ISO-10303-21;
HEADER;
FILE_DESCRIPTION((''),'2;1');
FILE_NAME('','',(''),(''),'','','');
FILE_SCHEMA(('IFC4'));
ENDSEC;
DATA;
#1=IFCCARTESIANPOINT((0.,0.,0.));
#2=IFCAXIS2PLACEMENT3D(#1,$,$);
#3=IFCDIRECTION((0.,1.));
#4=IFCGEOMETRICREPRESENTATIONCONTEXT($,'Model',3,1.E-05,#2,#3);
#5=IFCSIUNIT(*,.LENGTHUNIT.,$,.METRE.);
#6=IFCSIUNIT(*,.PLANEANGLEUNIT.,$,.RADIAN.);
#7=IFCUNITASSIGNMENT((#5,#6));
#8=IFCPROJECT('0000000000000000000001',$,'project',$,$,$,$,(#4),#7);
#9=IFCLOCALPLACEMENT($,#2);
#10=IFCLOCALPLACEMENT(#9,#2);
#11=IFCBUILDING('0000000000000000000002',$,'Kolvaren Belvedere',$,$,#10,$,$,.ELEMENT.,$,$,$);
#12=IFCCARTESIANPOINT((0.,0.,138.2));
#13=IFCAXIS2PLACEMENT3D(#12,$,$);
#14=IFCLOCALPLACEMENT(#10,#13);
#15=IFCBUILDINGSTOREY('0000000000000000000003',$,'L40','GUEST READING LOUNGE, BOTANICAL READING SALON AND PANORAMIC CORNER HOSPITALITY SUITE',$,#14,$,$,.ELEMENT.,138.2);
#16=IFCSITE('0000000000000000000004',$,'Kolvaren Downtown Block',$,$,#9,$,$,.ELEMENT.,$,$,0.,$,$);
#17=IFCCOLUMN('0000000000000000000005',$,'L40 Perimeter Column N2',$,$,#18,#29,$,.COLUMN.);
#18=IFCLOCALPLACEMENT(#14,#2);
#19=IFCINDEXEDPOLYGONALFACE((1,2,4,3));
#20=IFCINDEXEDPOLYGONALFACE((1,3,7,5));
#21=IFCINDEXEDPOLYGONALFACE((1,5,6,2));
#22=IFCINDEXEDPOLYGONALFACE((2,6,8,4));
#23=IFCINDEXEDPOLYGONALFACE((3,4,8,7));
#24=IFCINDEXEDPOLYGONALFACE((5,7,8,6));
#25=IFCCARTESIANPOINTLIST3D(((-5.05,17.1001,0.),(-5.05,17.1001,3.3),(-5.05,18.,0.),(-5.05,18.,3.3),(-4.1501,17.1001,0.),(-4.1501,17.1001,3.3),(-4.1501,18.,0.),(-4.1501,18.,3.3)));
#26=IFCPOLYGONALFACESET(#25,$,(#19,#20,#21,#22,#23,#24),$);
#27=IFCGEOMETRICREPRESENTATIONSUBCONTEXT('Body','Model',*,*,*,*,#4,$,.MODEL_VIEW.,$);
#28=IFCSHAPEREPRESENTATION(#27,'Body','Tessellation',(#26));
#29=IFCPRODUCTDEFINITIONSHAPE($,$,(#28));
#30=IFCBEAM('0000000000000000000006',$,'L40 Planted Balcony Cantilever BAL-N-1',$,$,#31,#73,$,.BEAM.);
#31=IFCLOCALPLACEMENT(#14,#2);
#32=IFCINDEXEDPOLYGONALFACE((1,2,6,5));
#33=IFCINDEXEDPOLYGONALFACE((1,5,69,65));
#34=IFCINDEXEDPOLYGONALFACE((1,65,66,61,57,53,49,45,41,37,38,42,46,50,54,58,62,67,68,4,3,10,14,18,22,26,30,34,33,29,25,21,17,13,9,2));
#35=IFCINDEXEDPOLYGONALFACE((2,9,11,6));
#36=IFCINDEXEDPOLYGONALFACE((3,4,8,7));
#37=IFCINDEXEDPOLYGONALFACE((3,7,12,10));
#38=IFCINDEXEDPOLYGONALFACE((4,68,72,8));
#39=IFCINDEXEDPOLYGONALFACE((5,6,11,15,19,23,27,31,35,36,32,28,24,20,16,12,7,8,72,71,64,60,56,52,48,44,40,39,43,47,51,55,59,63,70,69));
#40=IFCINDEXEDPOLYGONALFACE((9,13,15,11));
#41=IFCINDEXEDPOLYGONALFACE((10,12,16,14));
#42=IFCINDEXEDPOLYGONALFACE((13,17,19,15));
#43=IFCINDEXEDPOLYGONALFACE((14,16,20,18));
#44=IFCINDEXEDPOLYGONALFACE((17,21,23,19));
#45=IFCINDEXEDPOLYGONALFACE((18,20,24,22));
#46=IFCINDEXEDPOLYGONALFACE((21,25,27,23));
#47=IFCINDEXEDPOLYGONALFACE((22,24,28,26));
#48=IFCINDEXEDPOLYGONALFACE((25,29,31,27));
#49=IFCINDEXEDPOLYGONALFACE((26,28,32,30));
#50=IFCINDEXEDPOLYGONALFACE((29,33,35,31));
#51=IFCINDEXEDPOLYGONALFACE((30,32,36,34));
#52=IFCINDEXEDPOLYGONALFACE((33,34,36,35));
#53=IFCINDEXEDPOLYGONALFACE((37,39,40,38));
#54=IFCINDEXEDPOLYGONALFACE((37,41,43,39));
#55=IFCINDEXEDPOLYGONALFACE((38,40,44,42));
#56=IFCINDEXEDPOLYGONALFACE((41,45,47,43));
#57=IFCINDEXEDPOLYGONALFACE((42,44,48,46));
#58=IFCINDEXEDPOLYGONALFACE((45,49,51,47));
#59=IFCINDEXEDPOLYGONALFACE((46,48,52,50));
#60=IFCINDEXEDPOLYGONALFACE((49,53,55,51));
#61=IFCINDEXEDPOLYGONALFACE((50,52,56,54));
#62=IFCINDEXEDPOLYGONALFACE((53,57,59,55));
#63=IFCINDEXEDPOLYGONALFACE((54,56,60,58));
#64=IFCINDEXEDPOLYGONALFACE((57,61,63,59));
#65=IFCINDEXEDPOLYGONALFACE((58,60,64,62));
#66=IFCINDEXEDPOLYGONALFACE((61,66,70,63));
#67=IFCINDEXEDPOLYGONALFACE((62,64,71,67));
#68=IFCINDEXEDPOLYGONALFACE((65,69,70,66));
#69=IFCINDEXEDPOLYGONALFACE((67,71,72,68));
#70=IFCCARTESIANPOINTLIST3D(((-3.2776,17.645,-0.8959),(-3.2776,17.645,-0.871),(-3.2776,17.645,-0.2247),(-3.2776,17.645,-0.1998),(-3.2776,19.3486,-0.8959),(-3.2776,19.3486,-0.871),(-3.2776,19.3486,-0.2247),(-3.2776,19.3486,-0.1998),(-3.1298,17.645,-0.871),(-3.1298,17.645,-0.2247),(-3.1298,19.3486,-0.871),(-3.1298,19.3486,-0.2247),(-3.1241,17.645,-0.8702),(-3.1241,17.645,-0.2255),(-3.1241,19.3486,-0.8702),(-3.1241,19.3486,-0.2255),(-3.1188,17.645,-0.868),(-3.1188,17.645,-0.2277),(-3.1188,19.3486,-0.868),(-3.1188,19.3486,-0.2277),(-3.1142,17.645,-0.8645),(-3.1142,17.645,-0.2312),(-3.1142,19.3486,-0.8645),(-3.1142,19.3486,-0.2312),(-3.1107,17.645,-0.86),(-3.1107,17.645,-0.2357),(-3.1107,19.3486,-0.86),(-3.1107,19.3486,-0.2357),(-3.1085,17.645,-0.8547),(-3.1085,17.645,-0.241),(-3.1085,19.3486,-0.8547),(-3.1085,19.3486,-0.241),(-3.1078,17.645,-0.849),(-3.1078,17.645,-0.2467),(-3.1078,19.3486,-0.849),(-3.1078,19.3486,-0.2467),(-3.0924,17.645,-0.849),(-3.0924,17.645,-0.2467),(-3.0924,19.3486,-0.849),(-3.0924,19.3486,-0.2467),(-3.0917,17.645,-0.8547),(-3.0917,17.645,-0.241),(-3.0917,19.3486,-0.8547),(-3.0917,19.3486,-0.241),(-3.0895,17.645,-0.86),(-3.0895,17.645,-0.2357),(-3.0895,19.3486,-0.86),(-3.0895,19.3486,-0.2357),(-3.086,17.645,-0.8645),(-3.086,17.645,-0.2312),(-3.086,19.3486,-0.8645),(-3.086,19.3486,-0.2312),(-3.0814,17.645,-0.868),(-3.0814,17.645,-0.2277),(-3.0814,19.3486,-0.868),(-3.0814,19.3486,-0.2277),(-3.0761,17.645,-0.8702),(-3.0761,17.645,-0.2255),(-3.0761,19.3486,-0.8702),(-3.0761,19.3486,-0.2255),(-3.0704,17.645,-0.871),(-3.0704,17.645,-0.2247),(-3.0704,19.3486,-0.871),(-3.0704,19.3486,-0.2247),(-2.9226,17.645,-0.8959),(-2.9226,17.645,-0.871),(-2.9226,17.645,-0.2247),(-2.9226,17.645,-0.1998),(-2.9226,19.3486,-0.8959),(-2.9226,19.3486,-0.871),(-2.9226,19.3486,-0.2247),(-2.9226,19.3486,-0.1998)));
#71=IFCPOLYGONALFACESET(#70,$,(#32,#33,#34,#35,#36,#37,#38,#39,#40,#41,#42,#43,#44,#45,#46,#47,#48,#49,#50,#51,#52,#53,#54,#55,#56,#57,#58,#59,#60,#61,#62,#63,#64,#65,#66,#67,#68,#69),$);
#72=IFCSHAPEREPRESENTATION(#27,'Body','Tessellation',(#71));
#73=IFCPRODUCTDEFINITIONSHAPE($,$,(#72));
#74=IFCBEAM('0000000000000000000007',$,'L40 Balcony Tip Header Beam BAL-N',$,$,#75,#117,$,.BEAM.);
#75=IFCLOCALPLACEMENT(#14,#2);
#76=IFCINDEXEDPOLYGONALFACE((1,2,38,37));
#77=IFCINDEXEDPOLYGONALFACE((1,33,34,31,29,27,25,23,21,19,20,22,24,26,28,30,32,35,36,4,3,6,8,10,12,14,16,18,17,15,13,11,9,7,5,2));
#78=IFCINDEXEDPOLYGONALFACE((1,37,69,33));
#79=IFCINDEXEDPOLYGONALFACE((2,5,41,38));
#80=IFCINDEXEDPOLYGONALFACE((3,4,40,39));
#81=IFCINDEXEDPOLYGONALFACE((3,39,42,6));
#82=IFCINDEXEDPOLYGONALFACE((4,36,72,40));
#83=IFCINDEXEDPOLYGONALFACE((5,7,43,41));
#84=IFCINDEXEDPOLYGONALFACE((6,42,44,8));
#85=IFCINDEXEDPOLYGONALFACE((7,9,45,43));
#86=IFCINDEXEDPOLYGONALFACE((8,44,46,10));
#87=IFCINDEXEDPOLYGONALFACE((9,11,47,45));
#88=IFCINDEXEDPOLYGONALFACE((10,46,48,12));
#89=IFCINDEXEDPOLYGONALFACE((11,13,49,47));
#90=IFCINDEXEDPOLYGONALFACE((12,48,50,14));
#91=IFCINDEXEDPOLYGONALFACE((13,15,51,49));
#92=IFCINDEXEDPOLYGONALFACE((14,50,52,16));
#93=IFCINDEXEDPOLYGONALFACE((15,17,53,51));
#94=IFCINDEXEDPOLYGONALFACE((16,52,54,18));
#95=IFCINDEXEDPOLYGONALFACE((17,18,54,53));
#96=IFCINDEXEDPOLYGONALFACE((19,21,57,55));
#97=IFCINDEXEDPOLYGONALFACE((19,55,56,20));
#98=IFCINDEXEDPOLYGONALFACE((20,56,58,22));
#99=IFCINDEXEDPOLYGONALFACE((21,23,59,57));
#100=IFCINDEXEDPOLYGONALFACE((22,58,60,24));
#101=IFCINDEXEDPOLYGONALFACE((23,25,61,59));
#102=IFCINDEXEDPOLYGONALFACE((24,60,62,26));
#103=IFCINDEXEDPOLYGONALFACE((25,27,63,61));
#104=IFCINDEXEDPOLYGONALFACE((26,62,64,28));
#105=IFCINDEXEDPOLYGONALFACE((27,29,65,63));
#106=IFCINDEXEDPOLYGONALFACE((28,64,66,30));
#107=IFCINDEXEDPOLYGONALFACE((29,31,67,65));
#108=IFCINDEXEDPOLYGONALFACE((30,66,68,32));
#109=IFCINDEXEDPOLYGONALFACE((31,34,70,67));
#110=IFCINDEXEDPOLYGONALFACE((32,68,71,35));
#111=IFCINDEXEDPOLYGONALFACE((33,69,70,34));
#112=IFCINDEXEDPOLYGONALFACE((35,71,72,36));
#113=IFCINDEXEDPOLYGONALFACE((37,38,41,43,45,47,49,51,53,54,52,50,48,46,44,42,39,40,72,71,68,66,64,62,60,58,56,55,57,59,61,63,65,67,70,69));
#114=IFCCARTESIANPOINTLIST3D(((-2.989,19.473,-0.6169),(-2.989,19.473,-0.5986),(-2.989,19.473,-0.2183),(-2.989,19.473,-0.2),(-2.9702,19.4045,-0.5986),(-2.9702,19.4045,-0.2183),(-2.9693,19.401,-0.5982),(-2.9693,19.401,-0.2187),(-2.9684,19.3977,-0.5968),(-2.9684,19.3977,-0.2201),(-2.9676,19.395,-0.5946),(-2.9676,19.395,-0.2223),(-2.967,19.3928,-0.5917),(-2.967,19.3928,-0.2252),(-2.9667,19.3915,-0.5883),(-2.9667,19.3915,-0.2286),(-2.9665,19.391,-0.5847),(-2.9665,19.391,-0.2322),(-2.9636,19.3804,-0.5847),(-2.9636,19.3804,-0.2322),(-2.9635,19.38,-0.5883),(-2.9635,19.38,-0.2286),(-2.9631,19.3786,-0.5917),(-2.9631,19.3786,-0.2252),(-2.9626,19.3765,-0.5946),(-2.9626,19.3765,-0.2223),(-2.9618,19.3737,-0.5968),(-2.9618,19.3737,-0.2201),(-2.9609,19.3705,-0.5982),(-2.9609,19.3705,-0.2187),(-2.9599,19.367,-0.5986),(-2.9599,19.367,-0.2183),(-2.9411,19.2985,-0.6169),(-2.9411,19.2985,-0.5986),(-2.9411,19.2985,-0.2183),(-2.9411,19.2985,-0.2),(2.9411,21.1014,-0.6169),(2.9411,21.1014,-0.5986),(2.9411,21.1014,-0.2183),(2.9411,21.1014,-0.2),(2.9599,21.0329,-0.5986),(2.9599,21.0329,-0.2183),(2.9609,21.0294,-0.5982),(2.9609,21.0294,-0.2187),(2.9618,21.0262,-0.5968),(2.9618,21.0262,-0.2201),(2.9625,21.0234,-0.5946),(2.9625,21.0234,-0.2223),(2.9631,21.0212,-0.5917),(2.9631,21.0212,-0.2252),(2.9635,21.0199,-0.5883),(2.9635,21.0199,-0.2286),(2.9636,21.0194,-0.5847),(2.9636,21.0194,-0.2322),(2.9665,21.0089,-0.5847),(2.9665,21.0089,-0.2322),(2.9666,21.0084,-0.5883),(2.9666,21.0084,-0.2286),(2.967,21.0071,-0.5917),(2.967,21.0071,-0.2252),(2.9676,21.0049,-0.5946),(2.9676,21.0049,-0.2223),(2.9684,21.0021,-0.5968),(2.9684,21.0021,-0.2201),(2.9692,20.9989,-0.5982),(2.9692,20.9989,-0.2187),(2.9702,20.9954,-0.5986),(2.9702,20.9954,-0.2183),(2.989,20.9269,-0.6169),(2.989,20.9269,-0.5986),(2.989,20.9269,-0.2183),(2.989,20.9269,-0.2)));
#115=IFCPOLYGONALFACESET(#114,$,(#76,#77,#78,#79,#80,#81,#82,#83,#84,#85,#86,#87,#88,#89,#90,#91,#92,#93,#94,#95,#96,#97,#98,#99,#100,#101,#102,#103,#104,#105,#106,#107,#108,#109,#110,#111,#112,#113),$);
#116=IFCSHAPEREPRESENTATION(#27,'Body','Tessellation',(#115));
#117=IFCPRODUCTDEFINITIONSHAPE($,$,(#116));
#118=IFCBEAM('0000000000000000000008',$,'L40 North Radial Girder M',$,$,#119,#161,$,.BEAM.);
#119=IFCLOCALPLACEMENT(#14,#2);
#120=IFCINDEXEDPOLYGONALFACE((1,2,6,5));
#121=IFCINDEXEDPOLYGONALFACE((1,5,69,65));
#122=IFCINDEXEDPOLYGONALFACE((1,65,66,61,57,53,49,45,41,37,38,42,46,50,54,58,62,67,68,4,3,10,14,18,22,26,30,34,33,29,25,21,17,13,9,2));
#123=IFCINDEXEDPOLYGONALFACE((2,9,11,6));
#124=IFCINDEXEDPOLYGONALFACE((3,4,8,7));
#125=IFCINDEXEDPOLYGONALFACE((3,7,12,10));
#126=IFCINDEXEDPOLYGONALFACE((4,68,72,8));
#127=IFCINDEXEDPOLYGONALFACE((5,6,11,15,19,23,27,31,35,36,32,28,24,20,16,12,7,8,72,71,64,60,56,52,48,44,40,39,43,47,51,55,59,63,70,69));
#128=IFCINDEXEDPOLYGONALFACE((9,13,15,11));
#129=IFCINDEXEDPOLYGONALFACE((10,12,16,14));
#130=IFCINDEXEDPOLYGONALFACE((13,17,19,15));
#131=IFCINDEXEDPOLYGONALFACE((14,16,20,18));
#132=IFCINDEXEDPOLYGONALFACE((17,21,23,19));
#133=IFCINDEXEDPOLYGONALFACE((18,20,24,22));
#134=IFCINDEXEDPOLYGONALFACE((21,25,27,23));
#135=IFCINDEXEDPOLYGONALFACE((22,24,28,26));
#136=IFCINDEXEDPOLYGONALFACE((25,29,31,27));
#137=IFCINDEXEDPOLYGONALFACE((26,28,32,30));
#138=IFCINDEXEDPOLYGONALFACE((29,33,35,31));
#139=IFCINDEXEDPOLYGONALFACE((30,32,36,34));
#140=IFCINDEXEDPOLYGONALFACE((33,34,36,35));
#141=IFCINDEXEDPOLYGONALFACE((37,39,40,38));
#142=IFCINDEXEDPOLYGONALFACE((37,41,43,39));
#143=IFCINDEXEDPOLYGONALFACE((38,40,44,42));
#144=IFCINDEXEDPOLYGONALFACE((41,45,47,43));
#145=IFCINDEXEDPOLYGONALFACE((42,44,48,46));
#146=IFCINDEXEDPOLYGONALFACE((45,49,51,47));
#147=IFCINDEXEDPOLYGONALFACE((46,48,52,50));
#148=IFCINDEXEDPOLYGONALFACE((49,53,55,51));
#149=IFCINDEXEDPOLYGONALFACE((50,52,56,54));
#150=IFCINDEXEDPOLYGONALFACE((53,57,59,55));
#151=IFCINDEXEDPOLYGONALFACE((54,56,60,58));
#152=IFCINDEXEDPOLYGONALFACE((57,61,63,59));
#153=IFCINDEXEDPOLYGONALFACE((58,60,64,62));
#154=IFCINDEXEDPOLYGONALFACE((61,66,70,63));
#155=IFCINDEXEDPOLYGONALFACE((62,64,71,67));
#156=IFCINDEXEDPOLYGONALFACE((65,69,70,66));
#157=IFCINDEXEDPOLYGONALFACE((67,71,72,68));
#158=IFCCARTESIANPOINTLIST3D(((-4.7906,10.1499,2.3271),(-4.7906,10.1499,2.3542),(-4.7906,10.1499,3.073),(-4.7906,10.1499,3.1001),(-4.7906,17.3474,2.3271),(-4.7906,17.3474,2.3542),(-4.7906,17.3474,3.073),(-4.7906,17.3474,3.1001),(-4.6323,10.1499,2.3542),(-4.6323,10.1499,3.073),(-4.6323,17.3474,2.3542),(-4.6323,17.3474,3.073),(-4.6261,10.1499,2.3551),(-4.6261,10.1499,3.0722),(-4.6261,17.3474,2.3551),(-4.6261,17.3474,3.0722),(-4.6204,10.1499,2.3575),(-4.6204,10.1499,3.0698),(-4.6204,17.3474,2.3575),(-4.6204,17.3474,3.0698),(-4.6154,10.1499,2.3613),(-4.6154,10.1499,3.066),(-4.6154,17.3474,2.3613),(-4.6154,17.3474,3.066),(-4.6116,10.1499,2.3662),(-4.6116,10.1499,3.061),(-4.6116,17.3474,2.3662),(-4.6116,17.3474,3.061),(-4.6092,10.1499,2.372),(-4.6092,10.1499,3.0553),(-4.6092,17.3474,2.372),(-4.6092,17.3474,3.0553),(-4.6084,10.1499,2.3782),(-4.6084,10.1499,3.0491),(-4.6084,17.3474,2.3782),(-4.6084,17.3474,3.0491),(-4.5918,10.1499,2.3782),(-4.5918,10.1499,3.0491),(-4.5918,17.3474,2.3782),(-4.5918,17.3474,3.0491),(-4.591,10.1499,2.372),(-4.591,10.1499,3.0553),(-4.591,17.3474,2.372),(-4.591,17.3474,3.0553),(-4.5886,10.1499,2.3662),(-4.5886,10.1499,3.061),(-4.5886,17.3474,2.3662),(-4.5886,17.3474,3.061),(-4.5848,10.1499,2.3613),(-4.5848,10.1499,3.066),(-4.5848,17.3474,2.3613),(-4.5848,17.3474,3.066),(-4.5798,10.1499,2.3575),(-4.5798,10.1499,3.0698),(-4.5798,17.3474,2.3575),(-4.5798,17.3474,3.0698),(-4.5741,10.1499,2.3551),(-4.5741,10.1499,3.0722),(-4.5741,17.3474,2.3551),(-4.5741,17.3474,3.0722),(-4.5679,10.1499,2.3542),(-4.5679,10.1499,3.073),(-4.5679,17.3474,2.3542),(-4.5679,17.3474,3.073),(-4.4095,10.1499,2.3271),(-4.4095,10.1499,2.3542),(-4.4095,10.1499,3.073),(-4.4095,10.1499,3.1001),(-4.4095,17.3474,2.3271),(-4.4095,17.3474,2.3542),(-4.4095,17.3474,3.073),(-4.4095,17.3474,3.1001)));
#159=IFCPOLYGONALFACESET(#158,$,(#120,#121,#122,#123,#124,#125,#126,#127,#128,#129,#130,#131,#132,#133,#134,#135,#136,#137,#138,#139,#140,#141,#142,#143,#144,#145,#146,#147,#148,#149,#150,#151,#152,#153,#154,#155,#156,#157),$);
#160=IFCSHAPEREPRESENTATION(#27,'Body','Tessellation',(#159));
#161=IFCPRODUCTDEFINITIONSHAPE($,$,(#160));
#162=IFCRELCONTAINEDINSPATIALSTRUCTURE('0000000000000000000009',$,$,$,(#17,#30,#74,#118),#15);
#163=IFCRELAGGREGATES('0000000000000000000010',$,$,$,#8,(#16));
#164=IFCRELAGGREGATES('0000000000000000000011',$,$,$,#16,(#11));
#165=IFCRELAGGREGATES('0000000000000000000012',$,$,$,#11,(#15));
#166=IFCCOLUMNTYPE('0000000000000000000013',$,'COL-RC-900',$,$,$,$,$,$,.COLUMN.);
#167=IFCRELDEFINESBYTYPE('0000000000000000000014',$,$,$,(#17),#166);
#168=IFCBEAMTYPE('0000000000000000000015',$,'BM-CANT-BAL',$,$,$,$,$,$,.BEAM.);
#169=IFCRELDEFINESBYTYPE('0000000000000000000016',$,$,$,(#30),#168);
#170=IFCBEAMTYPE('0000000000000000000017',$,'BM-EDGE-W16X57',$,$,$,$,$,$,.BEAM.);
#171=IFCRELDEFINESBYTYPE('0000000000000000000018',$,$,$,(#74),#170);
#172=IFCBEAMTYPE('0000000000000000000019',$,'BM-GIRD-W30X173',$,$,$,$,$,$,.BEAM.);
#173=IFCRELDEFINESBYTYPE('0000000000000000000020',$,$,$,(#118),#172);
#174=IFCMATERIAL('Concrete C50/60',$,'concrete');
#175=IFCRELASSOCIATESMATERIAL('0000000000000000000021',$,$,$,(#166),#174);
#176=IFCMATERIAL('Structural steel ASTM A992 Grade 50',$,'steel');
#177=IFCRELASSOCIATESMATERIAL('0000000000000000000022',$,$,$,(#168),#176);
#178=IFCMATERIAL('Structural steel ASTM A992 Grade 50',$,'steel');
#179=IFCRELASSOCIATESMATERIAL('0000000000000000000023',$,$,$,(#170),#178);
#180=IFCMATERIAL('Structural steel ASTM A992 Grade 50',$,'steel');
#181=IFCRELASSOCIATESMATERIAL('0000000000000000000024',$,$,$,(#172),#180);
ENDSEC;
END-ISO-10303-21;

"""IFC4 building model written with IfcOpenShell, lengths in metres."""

from ifc_helpers import new_model, si_unit, direction, frame, origin, origin_2d, place, context, subcontext, project, spatial, rectangle, i_section, extrude, material, material_profile, profile_set, type_object, element, save


model = new_model("IFC4")

# Units and contexts
model_context = context("Model", 3, precision=1e-05, world=origin(), true_north=direction((0.0, 1.0)))
body_context = subcontext(model_context, "Body", "Model", "MODEL_VIEW")
ifc_project = project(units=[si_unit("LENGTHUNIT", "METRE"), si_unit("PLANEANGLEUNIT", "RADIAN")], contexts=[model_context])

# Site, building, storey
site_placement = place(None, origin())
site = spatial("IfcSite", under=ifc_project, at=site_placement, Name="Kolvaren Downtown Block", CompositionType="ELEMENT", RefElevation=0.0)
building_placement = place(site_placement, origin())
building = spatial("IfcBuilding", under=site, at=building_placement, Name="Kolvaren Belvedere", CompositionType="ELEMENT")
storey_placement = place(building_placement, frame((0.0, 0.0, 138.2)))
storey = spatial("IfcBuildingStorey", under=building, at=storey_placement, Name="L40", Description="GUEST READING LOUNGE, BOTANICAL READING SALON AND PANORAMIC CORNER HOSPITALITY SUITE", CompositionType="ELEMENT", Elevation=138.2)

# Column
ifc_material_1 = material(Name="Concrete C50/60", Category="concrete")
ifc_material_profile_1 = material_profile(ifc_material_1, rectangle(XDim=0.8999, YDim=0.8999, at=origin_2d()), Name="RC 900X900")
ifc_profile_set_1 = profile_set([ifc_material_profile_1], Name="Concrete C50/60")
column_type = type_object("IfcColumnType", Name="COL-RC-900", PredefinedType="COLUMN", material=ifc_profile_set_1)
column_placement = place(storey_placement, frame((-4.6001, 17.55, 0.0), z_axis=(0.0, 0.0, 1.0), x_axis=(1.0, 0.0, 0.0)))
element("IfcColumn", 1, at=column_placement, inside=storey, type_object=column_type, Name="L40 Perimeter Column N2", PredefinedType="COLUMN", context=body_context, shape_type="SweptSolid", body=[
    extrude(rectangle(XDim=0.8999, YDim=0.8999, at=origin_2d()), origin(), (0.0, 0.0, 1.0), 3.3),
])

# Beams
ifc_material_2 = material(Name="Structural steel ASTM A992 Grade 50", Category="steel")
ifc_material_profile_2 = material_profile(ifc_material_2, i_section(OverallWidth=0.355, OverallDepth=0.696, WebThickness=0.0154, FlangeThickness=0.0249, FilletRadius=0.022, at=origin_2d()), Name="W27X146")
ifc_profile_set_2 = profile_set([ifc_material_profile_2], Name="Structural steel ASTM A992 Grade 50")
beam_type_1 = type_object("IfcBeamType", Name="BM-CANT-BAL", PredefinedType="BEAM", material=ifc_profile_set_2)
beam_1_placement = place(storey_placement, frame((-3.1001, 17.645, -0.5479), z_axis=(0.0, 1.0, 0.0), x_axis=(-1.0, 0.0, 0.0)))
element("IfcBeam", 2, at=beam_1_placement, inside=storey, type_object=beam_type_1, Name="L40 Planted Balcony Cantilever BAL-N-1", PredefinedType="BEAM", context=body_context, shape_type="SweptSolid", body=[
    extrude(i_section(OverallWidth=0.355, OverallDepth=0.696, WebThickness=0.0154, FlangeThickness=0.0249, FilletRadius=0.022, at=origin_2d()), origin(), (0.0, 0.0, 1.0), 1.7036),
])
ifc_material_3 = material(Name="Structural steel ASTM A992 Grade 50", Category="steel")
ifc_material_profile_3 = material_profile(ifc_material_3, i_section(OverallWidth=0.1809, OverallDepth=0.417, WebThickness=0.011, FlangeThickness=0.0183, FilletRadius=0.0139, at=origin_2d()), Name="W16X57")
ifc_profile_set_3 = profile_set([ifc_material_profile_3], Name="Structural steel ASTM A992 Grade 50")
beam_type_2 = type_object("IfcBeamType", Name="BM-EDGE-W16X57", PredefinedType="BEAM", material=ifc_profile_set_3)
beam_2_placement = place(storey_placement, frame((-2.9651, 19.3857, -0.4084), z_axis=(0.964304, 0.264797, 0.0), x_axis=(-0.264797, 0.964304, 0.0)))
element("IfcBeam", 3, at=beam_2_placement, inside=storey, type_object=beam_type_2, Name="L40 Balcony Tip Header Beam BAL-N", PredefinedType="BEAM", context=body_context, shape_type="SweptSolid", body=[
    extrude(i_section(OverallWidth=0.1809, OverallDepth=0.417, WebThickness=0.011, FlangeThickness=0.0183, FilletRadius=0.0139, at=origin_2d()), origin(), (0.0, 0.0, 1.0), 6.1497),
])
ifc_material_4 = material(Name="Structural steel ASTM A992 Grade 50", Category="steel")
ifc_material_profile_4 = material_profile(ifc_material_4, i_section(OverallWidth=0.3811, OverallDepth=0.7729, WebThickness=0.0166, FlangeThickness=0.0271, FilletRadius=0.0239, at=origin_2d()), Name="W30X173")
ifc_profile_set_4 = profile_set([ifc_material_profile_4], Name="Structural steel ASTM A992 Grade 50")
beam_type_3 = type_object("IfcBeamType", Name="BM-GIRD-W30X173", PredefinedType="BEAM", material=ifc_profile_set_4)
beam_3_placement = place(storey_placement, frame((-4.6001, 10.1499, 2.7136), z_axis=(0.0, 1.0, 0.0), x_axis=(-1.0, 0.0, 0.0)))
element("IfcBeam", 4, at=beam_3_placement, inside=storey, type_object=beam_type_3, Name="L40 North Radial Girder M", PredefinedType="BEAM", context=body_context, shape_type="SweptSolid", body=[
    extrude(i_section(OverallWidth=0.3811, OverallDepth=0.7729, WebThickness=0.0166, FlangeThickness=0.0271, FilletRadius=0.0239, at=origin_2d()), origin(), (0.0, 0.0, 1.0), 7.1975),
])

save(model, "model.ifc")
